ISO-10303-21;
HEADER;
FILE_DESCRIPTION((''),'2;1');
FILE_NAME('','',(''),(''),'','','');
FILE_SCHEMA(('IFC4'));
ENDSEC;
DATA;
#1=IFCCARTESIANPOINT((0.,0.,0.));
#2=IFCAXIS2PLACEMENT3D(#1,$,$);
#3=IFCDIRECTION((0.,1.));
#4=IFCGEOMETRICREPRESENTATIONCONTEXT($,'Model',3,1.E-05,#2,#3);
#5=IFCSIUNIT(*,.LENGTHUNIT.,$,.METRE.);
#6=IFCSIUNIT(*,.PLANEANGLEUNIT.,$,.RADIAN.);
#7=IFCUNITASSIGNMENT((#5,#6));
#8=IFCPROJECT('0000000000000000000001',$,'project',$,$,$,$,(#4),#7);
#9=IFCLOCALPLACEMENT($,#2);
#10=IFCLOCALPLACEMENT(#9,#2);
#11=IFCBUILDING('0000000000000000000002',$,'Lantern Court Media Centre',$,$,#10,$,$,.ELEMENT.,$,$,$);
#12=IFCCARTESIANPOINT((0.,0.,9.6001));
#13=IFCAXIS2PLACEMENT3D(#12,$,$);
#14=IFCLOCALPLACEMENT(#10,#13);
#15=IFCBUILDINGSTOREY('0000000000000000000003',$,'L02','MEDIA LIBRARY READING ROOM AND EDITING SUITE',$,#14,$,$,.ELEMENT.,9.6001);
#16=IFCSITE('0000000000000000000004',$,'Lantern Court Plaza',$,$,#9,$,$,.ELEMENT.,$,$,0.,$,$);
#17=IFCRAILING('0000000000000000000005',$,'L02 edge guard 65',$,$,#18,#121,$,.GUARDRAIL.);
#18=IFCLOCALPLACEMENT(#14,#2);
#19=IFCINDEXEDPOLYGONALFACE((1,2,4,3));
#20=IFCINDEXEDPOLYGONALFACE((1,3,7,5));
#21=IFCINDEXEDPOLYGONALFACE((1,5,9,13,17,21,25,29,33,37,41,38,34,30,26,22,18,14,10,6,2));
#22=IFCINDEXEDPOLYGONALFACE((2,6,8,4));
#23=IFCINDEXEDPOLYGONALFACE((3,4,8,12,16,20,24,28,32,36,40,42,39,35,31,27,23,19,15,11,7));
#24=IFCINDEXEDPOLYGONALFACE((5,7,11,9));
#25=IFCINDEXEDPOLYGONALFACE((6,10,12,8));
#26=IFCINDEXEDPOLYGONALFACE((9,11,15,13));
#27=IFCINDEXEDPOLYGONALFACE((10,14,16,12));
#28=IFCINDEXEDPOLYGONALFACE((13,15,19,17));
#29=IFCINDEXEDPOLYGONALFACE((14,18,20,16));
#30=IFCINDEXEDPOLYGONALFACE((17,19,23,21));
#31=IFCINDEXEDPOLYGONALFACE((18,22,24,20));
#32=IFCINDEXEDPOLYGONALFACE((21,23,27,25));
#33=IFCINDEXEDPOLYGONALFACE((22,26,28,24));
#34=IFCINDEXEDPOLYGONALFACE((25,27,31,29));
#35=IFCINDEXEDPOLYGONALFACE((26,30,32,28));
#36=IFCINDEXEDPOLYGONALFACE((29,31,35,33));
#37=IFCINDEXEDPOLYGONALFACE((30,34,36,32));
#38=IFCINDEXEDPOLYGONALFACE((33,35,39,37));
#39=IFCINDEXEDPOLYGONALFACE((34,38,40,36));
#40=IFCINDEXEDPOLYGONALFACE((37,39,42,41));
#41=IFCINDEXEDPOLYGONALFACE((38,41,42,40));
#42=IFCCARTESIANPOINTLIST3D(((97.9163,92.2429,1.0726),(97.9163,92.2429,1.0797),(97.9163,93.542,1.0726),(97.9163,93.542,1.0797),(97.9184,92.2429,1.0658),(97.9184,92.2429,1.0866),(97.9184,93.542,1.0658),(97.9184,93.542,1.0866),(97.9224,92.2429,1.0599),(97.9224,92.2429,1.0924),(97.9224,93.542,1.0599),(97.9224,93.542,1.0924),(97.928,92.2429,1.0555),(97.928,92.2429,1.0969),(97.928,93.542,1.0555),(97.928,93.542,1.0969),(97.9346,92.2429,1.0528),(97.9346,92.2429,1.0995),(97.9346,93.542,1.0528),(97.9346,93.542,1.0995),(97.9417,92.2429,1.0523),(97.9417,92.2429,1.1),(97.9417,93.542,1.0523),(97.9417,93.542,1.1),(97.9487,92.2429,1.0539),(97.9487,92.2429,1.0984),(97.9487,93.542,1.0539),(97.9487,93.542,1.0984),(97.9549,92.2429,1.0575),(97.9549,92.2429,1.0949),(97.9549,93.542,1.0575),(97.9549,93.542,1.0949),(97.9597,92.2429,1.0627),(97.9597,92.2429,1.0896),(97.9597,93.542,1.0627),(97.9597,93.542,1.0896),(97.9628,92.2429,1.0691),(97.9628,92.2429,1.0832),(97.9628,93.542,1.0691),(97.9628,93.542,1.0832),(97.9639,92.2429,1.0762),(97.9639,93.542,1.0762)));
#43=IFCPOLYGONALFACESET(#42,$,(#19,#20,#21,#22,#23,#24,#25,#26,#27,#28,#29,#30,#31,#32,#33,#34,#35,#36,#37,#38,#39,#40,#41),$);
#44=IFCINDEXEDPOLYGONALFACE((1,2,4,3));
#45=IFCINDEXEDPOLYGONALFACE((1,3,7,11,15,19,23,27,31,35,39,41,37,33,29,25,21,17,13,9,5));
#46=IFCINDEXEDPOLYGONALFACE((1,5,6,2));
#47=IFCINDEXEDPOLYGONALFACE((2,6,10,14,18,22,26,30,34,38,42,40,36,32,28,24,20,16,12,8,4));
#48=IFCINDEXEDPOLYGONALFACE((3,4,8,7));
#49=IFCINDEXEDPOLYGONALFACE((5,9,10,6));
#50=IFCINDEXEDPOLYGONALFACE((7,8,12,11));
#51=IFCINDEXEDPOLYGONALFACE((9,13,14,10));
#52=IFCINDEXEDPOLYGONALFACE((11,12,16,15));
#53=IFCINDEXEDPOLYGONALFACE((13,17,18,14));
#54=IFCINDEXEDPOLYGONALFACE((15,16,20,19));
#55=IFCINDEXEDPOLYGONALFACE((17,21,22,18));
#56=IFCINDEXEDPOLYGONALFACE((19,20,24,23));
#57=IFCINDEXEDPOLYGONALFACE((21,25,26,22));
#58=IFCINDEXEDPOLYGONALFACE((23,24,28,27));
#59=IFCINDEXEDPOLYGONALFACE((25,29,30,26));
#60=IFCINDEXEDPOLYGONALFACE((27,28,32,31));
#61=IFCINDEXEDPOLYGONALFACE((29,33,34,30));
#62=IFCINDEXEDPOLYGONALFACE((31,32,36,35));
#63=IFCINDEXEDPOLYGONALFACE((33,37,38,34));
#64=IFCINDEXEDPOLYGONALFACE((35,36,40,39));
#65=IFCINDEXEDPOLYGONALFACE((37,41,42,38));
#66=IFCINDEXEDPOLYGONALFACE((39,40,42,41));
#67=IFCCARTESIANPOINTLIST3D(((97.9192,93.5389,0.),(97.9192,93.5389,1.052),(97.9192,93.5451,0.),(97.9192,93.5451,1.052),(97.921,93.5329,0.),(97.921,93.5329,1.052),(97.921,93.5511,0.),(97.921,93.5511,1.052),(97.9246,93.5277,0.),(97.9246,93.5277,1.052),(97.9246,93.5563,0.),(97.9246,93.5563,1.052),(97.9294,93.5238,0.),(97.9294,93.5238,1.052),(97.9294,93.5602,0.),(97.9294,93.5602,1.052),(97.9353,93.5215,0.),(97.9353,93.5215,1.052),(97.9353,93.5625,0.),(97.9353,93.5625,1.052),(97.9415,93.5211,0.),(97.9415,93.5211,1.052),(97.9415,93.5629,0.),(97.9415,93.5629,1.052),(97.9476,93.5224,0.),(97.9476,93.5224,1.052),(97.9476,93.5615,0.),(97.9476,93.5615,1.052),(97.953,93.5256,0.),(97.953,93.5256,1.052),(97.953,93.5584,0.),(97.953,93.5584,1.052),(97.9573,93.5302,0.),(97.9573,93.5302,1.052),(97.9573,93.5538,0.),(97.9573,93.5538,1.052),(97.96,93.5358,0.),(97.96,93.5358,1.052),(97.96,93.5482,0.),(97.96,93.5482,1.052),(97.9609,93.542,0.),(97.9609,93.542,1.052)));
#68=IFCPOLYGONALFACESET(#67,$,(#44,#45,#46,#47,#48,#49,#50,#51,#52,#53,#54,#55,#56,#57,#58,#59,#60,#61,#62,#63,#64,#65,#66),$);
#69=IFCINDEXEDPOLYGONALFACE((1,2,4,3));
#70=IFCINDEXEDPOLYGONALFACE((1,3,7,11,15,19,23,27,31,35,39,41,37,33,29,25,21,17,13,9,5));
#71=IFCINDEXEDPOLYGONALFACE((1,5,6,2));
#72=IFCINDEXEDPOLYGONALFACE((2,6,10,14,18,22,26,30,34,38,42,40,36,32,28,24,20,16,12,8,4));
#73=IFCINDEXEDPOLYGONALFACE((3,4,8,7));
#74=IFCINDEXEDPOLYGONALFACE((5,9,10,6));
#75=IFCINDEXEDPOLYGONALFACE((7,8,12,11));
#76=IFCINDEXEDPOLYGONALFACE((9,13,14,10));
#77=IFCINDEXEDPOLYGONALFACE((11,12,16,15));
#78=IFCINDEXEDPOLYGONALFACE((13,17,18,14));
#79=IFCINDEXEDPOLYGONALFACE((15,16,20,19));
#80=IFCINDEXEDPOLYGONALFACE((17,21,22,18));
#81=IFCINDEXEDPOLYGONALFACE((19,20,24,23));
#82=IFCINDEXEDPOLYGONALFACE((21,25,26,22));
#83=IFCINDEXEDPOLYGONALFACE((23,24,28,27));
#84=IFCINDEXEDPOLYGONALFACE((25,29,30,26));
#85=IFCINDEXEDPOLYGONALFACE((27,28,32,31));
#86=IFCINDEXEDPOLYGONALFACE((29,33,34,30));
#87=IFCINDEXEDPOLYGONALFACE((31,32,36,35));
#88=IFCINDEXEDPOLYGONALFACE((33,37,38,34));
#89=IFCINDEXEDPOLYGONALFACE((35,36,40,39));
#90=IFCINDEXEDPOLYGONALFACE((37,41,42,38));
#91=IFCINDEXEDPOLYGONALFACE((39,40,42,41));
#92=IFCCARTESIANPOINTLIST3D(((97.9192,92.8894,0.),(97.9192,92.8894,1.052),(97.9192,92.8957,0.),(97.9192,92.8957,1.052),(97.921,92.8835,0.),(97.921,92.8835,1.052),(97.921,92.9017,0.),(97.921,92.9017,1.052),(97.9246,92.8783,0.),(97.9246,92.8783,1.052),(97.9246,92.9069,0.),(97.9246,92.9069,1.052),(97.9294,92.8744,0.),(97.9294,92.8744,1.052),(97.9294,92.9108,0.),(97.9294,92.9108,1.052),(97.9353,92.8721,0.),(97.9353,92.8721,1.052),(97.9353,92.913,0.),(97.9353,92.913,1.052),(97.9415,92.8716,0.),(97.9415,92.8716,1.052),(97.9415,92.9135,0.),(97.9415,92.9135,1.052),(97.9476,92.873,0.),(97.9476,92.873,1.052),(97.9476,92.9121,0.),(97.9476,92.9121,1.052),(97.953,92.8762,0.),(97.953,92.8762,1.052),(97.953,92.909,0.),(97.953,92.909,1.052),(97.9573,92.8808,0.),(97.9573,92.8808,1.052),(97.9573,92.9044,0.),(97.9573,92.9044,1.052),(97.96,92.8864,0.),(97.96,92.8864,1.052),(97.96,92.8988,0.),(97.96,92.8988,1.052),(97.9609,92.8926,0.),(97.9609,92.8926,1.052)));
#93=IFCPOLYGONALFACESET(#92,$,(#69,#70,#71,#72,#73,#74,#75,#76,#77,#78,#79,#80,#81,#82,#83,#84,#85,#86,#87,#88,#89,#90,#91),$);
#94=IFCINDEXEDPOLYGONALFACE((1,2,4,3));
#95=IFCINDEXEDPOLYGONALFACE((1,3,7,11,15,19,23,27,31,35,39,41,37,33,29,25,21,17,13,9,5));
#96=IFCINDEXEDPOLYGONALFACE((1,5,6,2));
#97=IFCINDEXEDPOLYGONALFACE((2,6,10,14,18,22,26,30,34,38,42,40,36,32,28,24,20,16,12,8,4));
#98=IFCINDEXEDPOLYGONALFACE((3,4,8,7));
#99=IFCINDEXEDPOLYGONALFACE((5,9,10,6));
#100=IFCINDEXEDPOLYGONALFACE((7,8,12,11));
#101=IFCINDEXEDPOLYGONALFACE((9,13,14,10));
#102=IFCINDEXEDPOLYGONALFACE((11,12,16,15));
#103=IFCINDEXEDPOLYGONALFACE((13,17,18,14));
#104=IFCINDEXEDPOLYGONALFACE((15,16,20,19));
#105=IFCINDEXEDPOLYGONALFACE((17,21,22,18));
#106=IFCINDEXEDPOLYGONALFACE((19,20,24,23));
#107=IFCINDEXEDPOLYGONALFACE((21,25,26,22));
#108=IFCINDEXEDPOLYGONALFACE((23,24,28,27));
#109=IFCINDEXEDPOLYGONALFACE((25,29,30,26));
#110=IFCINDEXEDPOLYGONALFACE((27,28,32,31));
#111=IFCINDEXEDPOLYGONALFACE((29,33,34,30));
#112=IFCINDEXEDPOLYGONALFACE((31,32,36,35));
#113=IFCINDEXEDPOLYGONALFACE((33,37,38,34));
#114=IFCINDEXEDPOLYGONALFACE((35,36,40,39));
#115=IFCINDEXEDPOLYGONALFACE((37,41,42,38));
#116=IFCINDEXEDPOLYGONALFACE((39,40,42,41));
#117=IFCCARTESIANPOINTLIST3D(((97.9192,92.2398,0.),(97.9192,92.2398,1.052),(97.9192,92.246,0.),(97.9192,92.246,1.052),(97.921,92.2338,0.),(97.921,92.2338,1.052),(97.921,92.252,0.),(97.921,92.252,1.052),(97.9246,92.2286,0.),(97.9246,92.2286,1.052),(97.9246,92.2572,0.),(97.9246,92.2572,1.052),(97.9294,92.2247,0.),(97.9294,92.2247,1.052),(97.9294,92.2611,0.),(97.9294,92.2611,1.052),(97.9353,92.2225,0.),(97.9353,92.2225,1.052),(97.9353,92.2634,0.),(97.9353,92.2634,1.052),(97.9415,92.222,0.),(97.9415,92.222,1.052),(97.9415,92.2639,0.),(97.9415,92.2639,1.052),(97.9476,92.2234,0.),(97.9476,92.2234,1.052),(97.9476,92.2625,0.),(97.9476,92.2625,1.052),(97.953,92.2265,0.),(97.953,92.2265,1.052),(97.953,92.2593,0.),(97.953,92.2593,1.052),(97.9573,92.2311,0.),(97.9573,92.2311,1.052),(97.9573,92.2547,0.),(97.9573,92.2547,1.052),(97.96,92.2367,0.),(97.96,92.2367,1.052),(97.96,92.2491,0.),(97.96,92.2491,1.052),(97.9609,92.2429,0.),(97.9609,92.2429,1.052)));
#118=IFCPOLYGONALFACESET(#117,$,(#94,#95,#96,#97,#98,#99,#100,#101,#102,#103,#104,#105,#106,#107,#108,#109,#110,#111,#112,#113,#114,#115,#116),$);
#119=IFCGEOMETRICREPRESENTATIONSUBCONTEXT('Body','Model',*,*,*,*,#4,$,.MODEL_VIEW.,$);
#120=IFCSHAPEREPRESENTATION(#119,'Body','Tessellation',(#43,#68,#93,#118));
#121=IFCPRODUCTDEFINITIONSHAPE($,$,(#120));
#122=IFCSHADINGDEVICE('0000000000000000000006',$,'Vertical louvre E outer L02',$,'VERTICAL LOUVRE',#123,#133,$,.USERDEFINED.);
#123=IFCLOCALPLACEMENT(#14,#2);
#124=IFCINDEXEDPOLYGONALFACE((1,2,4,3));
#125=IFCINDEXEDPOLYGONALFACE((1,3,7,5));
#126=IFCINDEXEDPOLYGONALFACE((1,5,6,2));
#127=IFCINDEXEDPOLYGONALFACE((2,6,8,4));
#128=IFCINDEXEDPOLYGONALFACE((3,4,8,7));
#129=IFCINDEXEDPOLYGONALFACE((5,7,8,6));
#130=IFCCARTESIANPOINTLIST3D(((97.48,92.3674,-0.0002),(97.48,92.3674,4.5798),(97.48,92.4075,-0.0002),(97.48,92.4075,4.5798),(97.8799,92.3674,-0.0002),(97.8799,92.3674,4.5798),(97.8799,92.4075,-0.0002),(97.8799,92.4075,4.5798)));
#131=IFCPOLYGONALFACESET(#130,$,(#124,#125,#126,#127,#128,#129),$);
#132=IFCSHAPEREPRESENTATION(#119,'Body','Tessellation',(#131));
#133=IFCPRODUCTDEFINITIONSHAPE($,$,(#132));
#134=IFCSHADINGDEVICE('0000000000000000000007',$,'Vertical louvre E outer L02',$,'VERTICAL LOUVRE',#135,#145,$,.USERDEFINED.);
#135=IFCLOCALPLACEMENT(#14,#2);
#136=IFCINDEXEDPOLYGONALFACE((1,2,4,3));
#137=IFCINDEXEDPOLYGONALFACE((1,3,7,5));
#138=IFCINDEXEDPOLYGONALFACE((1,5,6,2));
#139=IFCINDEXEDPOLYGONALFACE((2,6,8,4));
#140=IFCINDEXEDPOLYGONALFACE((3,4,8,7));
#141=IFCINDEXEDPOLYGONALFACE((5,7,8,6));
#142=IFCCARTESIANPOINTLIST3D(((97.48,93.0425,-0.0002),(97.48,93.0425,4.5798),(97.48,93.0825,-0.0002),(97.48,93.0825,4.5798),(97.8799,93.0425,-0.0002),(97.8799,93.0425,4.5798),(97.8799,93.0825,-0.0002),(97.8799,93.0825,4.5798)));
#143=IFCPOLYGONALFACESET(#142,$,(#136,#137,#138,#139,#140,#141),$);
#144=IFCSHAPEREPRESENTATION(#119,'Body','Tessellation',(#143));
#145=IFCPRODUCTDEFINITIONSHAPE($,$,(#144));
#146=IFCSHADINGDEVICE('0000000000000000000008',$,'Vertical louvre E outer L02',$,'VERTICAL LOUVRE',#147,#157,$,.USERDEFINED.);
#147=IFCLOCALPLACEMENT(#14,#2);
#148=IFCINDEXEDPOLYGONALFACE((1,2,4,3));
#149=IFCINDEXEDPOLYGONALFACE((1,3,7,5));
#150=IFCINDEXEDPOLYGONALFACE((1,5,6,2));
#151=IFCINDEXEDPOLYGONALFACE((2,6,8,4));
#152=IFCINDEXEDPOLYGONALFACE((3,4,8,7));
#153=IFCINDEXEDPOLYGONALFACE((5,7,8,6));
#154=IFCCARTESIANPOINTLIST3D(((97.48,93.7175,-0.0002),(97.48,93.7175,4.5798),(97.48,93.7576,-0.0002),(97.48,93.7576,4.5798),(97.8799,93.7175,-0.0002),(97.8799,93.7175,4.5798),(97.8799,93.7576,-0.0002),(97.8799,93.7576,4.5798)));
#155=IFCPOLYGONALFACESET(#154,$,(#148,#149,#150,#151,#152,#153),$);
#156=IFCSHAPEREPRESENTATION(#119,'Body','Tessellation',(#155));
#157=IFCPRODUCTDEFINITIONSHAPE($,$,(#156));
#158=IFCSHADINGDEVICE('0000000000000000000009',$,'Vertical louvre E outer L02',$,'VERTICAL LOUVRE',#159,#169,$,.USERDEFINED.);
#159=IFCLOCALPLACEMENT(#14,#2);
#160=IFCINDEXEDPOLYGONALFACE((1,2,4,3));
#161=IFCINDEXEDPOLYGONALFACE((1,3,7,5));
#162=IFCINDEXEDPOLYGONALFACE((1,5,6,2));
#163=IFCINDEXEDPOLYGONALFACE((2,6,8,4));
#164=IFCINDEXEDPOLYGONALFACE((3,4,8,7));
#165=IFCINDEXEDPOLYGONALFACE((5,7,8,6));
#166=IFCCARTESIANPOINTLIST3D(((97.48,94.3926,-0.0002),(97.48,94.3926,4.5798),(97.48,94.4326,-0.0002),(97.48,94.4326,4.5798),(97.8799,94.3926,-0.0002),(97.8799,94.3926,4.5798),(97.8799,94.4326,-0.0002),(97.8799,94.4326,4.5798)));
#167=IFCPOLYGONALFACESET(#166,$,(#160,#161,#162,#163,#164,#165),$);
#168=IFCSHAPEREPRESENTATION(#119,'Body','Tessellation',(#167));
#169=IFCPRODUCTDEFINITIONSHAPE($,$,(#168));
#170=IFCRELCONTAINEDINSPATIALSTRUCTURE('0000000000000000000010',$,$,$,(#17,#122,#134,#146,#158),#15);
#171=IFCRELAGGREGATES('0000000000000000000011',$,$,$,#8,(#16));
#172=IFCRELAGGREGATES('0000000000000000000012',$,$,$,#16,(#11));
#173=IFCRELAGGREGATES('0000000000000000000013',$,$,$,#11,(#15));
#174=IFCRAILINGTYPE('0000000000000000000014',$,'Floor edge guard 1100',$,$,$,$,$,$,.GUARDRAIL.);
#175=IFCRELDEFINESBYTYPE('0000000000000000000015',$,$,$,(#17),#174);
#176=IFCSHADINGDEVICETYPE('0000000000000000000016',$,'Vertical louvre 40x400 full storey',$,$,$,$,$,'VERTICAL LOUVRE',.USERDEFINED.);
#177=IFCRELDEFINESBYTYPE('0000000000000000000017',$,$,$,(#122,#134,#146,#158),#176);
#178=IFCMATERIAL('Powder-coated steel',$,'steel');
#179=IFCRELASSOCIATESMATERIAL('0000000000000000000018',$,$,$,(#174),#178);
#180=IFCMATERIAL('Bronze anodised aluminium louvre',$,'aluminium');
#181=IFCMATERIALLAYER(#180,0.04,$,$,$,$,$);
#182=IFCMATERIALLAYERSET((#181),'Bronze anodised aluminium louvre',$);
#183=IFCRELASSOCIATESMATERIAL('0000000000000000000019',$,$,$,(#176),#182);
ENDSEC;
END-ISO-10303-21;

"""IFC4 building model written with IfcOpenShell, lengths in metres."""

from ifc_helpers import new_model, si_unit, direction, frame, origin, origin_2d, place, context, subcontext, project, spatial, rectangle, circle, extrude, material, layer, layer_set, type_object, element, save


model = new_model("IFC4")

# Units and contexts
model_context = context("Model", 3, precision=1e-05, world=origin(), true_north=direction((0.0, 1.0)))
body_context = subcontext(model_context, "Body", "Model", "MODEL_VIEW")
ifc_project = project(units=[si_unit("LENGTHUNIT", "METRE"), si_unit("PLANEANGLEUNIT", "RADIAN")], contexts=[model_context])

# Site, building, storey
site_placement = place(None, origin())
site = spatial("IfcSite", under=ifc_project, at=site_placement, Name="Lantern Court Plaza", CompositionType="ELEMENT", RefElevation=0.0)
building_placement = place(site_placement, origin())
building = spatial("IfcBuilding", under=site, at=building_placement, Name="Lantern Court Media Centre", CompositionType="ELEMENT")
storey_placement = place(building_placement, frame((0.0, 0.0, 9.6001)))
storey = spatial("IfcBuildingStorey", under=building, at=storey_placement, Name="L02", Description="MEDIA LIBRARY READING ROOM AND EDITING SUITE", CompositionType="ELEMENT", Elevation=9.6001)

# Railing
ifc_material_1 = material(Name="Powder-coated steel", Category="steel")
railing_type = type_object("IfcRailingType", Name="Floor edge guard 1100", PredefinedType="GUARDRAIL", material=ifc_material_1)
railing_1_placement = place(storey_placement, frame((97.9399, 93.542, 0.0)))
element("IfcRailing", 1, at=railing_1_placement, inside=storey, type_object=railing_type, Name="L02 edge guard 65", PredefinedType="GUARDRAIL", context=body_context, shape_type="SweptSolid", body=[
    extrude(circle(Radius=0.0239, at=origin_2d()), frame((0.0, 0.0, 1.0762), z_axis=(0.0, -1.0, 0.0), x_axis=(1.0, 0.0, 0.0)), (0.0, 0.0, 1.0), 1.2991),
    extrude(circle(Radius=0.021, at=origin_2d()), origin(), (0.0, 0.0, 1.0), 1.052),
    extrude(circle(Radius=0.021, at=origin_2d()), frame((0.0, -0.6494, 0.0)), (0.0, 0.0, 1.0), 1.052),
    extrude(circle(Radius=0.021, at=origin_2d()), frame((0.0, -1.2991, 0.0)), (0.0, 0.0, 1.0), 1.052),
])

# Shading devices
ifc_material_2 = material(Name="Bronze anodised aluminium louvre", Category="aluminium")
ifc_layer_1 = layer(ifc_material_2, 0.04)
ifc_layer_set_1 = layer_set([ifc_layer_1], Name="Bronze anodised aluminium louvre")
shading_device_type = type_object("IfcShadingDeviceType", Name="Vertical louvre 40x400 full storey", ElementType="VERTICAL LOUVRE", PredefinedType="USERDEFINED", material=ifc_layer_set_1)
for number, where, z_axis, x_axis, name in (
    (2, (97.6799, 92.3875, -0.0002), (0.0, 0.0, 1.0), (1.0, 0.0, 0.0), "Vertical louvre E outer L02"),
    (3, (97.6799, 93.0625, -0.0002), (0.0, 0.0, 1.0), (1.0, 0.0, 0.0), "Vertical louvre E outer L02"),
    (4, (97.6799, 93.7375, -0.0002), (0.0, 0.0, 1.0), (1.0, 0.0, 0.0), "Vertical louvre E outer L02"),
    (5, (97.6799, 94.4126, -0.0002), (0.0, 0.0, 1.0), (1.0, 0.0, 0.0), "Vertical louvre E outer L02"),
):
    element("IfcShadingDevice", number, at=place(storey_placement, frame(where, z_axis=z_axis, x_axis=x_axis)), inside=storey, type_object=shading_device_type, Name=name, ObjectType="VERTICAL LOUVRE", PredefinedType="USERDEFINED", context=body_context, shape_type="SweptSolid", body=[
        extrude(rectangle(XDim=0.3999, YDim=0.04, at=origin_2d()), origin(), (0.0, 0.0, 1.0), 4.5801),
    ])

save(model, "model.ifc")
